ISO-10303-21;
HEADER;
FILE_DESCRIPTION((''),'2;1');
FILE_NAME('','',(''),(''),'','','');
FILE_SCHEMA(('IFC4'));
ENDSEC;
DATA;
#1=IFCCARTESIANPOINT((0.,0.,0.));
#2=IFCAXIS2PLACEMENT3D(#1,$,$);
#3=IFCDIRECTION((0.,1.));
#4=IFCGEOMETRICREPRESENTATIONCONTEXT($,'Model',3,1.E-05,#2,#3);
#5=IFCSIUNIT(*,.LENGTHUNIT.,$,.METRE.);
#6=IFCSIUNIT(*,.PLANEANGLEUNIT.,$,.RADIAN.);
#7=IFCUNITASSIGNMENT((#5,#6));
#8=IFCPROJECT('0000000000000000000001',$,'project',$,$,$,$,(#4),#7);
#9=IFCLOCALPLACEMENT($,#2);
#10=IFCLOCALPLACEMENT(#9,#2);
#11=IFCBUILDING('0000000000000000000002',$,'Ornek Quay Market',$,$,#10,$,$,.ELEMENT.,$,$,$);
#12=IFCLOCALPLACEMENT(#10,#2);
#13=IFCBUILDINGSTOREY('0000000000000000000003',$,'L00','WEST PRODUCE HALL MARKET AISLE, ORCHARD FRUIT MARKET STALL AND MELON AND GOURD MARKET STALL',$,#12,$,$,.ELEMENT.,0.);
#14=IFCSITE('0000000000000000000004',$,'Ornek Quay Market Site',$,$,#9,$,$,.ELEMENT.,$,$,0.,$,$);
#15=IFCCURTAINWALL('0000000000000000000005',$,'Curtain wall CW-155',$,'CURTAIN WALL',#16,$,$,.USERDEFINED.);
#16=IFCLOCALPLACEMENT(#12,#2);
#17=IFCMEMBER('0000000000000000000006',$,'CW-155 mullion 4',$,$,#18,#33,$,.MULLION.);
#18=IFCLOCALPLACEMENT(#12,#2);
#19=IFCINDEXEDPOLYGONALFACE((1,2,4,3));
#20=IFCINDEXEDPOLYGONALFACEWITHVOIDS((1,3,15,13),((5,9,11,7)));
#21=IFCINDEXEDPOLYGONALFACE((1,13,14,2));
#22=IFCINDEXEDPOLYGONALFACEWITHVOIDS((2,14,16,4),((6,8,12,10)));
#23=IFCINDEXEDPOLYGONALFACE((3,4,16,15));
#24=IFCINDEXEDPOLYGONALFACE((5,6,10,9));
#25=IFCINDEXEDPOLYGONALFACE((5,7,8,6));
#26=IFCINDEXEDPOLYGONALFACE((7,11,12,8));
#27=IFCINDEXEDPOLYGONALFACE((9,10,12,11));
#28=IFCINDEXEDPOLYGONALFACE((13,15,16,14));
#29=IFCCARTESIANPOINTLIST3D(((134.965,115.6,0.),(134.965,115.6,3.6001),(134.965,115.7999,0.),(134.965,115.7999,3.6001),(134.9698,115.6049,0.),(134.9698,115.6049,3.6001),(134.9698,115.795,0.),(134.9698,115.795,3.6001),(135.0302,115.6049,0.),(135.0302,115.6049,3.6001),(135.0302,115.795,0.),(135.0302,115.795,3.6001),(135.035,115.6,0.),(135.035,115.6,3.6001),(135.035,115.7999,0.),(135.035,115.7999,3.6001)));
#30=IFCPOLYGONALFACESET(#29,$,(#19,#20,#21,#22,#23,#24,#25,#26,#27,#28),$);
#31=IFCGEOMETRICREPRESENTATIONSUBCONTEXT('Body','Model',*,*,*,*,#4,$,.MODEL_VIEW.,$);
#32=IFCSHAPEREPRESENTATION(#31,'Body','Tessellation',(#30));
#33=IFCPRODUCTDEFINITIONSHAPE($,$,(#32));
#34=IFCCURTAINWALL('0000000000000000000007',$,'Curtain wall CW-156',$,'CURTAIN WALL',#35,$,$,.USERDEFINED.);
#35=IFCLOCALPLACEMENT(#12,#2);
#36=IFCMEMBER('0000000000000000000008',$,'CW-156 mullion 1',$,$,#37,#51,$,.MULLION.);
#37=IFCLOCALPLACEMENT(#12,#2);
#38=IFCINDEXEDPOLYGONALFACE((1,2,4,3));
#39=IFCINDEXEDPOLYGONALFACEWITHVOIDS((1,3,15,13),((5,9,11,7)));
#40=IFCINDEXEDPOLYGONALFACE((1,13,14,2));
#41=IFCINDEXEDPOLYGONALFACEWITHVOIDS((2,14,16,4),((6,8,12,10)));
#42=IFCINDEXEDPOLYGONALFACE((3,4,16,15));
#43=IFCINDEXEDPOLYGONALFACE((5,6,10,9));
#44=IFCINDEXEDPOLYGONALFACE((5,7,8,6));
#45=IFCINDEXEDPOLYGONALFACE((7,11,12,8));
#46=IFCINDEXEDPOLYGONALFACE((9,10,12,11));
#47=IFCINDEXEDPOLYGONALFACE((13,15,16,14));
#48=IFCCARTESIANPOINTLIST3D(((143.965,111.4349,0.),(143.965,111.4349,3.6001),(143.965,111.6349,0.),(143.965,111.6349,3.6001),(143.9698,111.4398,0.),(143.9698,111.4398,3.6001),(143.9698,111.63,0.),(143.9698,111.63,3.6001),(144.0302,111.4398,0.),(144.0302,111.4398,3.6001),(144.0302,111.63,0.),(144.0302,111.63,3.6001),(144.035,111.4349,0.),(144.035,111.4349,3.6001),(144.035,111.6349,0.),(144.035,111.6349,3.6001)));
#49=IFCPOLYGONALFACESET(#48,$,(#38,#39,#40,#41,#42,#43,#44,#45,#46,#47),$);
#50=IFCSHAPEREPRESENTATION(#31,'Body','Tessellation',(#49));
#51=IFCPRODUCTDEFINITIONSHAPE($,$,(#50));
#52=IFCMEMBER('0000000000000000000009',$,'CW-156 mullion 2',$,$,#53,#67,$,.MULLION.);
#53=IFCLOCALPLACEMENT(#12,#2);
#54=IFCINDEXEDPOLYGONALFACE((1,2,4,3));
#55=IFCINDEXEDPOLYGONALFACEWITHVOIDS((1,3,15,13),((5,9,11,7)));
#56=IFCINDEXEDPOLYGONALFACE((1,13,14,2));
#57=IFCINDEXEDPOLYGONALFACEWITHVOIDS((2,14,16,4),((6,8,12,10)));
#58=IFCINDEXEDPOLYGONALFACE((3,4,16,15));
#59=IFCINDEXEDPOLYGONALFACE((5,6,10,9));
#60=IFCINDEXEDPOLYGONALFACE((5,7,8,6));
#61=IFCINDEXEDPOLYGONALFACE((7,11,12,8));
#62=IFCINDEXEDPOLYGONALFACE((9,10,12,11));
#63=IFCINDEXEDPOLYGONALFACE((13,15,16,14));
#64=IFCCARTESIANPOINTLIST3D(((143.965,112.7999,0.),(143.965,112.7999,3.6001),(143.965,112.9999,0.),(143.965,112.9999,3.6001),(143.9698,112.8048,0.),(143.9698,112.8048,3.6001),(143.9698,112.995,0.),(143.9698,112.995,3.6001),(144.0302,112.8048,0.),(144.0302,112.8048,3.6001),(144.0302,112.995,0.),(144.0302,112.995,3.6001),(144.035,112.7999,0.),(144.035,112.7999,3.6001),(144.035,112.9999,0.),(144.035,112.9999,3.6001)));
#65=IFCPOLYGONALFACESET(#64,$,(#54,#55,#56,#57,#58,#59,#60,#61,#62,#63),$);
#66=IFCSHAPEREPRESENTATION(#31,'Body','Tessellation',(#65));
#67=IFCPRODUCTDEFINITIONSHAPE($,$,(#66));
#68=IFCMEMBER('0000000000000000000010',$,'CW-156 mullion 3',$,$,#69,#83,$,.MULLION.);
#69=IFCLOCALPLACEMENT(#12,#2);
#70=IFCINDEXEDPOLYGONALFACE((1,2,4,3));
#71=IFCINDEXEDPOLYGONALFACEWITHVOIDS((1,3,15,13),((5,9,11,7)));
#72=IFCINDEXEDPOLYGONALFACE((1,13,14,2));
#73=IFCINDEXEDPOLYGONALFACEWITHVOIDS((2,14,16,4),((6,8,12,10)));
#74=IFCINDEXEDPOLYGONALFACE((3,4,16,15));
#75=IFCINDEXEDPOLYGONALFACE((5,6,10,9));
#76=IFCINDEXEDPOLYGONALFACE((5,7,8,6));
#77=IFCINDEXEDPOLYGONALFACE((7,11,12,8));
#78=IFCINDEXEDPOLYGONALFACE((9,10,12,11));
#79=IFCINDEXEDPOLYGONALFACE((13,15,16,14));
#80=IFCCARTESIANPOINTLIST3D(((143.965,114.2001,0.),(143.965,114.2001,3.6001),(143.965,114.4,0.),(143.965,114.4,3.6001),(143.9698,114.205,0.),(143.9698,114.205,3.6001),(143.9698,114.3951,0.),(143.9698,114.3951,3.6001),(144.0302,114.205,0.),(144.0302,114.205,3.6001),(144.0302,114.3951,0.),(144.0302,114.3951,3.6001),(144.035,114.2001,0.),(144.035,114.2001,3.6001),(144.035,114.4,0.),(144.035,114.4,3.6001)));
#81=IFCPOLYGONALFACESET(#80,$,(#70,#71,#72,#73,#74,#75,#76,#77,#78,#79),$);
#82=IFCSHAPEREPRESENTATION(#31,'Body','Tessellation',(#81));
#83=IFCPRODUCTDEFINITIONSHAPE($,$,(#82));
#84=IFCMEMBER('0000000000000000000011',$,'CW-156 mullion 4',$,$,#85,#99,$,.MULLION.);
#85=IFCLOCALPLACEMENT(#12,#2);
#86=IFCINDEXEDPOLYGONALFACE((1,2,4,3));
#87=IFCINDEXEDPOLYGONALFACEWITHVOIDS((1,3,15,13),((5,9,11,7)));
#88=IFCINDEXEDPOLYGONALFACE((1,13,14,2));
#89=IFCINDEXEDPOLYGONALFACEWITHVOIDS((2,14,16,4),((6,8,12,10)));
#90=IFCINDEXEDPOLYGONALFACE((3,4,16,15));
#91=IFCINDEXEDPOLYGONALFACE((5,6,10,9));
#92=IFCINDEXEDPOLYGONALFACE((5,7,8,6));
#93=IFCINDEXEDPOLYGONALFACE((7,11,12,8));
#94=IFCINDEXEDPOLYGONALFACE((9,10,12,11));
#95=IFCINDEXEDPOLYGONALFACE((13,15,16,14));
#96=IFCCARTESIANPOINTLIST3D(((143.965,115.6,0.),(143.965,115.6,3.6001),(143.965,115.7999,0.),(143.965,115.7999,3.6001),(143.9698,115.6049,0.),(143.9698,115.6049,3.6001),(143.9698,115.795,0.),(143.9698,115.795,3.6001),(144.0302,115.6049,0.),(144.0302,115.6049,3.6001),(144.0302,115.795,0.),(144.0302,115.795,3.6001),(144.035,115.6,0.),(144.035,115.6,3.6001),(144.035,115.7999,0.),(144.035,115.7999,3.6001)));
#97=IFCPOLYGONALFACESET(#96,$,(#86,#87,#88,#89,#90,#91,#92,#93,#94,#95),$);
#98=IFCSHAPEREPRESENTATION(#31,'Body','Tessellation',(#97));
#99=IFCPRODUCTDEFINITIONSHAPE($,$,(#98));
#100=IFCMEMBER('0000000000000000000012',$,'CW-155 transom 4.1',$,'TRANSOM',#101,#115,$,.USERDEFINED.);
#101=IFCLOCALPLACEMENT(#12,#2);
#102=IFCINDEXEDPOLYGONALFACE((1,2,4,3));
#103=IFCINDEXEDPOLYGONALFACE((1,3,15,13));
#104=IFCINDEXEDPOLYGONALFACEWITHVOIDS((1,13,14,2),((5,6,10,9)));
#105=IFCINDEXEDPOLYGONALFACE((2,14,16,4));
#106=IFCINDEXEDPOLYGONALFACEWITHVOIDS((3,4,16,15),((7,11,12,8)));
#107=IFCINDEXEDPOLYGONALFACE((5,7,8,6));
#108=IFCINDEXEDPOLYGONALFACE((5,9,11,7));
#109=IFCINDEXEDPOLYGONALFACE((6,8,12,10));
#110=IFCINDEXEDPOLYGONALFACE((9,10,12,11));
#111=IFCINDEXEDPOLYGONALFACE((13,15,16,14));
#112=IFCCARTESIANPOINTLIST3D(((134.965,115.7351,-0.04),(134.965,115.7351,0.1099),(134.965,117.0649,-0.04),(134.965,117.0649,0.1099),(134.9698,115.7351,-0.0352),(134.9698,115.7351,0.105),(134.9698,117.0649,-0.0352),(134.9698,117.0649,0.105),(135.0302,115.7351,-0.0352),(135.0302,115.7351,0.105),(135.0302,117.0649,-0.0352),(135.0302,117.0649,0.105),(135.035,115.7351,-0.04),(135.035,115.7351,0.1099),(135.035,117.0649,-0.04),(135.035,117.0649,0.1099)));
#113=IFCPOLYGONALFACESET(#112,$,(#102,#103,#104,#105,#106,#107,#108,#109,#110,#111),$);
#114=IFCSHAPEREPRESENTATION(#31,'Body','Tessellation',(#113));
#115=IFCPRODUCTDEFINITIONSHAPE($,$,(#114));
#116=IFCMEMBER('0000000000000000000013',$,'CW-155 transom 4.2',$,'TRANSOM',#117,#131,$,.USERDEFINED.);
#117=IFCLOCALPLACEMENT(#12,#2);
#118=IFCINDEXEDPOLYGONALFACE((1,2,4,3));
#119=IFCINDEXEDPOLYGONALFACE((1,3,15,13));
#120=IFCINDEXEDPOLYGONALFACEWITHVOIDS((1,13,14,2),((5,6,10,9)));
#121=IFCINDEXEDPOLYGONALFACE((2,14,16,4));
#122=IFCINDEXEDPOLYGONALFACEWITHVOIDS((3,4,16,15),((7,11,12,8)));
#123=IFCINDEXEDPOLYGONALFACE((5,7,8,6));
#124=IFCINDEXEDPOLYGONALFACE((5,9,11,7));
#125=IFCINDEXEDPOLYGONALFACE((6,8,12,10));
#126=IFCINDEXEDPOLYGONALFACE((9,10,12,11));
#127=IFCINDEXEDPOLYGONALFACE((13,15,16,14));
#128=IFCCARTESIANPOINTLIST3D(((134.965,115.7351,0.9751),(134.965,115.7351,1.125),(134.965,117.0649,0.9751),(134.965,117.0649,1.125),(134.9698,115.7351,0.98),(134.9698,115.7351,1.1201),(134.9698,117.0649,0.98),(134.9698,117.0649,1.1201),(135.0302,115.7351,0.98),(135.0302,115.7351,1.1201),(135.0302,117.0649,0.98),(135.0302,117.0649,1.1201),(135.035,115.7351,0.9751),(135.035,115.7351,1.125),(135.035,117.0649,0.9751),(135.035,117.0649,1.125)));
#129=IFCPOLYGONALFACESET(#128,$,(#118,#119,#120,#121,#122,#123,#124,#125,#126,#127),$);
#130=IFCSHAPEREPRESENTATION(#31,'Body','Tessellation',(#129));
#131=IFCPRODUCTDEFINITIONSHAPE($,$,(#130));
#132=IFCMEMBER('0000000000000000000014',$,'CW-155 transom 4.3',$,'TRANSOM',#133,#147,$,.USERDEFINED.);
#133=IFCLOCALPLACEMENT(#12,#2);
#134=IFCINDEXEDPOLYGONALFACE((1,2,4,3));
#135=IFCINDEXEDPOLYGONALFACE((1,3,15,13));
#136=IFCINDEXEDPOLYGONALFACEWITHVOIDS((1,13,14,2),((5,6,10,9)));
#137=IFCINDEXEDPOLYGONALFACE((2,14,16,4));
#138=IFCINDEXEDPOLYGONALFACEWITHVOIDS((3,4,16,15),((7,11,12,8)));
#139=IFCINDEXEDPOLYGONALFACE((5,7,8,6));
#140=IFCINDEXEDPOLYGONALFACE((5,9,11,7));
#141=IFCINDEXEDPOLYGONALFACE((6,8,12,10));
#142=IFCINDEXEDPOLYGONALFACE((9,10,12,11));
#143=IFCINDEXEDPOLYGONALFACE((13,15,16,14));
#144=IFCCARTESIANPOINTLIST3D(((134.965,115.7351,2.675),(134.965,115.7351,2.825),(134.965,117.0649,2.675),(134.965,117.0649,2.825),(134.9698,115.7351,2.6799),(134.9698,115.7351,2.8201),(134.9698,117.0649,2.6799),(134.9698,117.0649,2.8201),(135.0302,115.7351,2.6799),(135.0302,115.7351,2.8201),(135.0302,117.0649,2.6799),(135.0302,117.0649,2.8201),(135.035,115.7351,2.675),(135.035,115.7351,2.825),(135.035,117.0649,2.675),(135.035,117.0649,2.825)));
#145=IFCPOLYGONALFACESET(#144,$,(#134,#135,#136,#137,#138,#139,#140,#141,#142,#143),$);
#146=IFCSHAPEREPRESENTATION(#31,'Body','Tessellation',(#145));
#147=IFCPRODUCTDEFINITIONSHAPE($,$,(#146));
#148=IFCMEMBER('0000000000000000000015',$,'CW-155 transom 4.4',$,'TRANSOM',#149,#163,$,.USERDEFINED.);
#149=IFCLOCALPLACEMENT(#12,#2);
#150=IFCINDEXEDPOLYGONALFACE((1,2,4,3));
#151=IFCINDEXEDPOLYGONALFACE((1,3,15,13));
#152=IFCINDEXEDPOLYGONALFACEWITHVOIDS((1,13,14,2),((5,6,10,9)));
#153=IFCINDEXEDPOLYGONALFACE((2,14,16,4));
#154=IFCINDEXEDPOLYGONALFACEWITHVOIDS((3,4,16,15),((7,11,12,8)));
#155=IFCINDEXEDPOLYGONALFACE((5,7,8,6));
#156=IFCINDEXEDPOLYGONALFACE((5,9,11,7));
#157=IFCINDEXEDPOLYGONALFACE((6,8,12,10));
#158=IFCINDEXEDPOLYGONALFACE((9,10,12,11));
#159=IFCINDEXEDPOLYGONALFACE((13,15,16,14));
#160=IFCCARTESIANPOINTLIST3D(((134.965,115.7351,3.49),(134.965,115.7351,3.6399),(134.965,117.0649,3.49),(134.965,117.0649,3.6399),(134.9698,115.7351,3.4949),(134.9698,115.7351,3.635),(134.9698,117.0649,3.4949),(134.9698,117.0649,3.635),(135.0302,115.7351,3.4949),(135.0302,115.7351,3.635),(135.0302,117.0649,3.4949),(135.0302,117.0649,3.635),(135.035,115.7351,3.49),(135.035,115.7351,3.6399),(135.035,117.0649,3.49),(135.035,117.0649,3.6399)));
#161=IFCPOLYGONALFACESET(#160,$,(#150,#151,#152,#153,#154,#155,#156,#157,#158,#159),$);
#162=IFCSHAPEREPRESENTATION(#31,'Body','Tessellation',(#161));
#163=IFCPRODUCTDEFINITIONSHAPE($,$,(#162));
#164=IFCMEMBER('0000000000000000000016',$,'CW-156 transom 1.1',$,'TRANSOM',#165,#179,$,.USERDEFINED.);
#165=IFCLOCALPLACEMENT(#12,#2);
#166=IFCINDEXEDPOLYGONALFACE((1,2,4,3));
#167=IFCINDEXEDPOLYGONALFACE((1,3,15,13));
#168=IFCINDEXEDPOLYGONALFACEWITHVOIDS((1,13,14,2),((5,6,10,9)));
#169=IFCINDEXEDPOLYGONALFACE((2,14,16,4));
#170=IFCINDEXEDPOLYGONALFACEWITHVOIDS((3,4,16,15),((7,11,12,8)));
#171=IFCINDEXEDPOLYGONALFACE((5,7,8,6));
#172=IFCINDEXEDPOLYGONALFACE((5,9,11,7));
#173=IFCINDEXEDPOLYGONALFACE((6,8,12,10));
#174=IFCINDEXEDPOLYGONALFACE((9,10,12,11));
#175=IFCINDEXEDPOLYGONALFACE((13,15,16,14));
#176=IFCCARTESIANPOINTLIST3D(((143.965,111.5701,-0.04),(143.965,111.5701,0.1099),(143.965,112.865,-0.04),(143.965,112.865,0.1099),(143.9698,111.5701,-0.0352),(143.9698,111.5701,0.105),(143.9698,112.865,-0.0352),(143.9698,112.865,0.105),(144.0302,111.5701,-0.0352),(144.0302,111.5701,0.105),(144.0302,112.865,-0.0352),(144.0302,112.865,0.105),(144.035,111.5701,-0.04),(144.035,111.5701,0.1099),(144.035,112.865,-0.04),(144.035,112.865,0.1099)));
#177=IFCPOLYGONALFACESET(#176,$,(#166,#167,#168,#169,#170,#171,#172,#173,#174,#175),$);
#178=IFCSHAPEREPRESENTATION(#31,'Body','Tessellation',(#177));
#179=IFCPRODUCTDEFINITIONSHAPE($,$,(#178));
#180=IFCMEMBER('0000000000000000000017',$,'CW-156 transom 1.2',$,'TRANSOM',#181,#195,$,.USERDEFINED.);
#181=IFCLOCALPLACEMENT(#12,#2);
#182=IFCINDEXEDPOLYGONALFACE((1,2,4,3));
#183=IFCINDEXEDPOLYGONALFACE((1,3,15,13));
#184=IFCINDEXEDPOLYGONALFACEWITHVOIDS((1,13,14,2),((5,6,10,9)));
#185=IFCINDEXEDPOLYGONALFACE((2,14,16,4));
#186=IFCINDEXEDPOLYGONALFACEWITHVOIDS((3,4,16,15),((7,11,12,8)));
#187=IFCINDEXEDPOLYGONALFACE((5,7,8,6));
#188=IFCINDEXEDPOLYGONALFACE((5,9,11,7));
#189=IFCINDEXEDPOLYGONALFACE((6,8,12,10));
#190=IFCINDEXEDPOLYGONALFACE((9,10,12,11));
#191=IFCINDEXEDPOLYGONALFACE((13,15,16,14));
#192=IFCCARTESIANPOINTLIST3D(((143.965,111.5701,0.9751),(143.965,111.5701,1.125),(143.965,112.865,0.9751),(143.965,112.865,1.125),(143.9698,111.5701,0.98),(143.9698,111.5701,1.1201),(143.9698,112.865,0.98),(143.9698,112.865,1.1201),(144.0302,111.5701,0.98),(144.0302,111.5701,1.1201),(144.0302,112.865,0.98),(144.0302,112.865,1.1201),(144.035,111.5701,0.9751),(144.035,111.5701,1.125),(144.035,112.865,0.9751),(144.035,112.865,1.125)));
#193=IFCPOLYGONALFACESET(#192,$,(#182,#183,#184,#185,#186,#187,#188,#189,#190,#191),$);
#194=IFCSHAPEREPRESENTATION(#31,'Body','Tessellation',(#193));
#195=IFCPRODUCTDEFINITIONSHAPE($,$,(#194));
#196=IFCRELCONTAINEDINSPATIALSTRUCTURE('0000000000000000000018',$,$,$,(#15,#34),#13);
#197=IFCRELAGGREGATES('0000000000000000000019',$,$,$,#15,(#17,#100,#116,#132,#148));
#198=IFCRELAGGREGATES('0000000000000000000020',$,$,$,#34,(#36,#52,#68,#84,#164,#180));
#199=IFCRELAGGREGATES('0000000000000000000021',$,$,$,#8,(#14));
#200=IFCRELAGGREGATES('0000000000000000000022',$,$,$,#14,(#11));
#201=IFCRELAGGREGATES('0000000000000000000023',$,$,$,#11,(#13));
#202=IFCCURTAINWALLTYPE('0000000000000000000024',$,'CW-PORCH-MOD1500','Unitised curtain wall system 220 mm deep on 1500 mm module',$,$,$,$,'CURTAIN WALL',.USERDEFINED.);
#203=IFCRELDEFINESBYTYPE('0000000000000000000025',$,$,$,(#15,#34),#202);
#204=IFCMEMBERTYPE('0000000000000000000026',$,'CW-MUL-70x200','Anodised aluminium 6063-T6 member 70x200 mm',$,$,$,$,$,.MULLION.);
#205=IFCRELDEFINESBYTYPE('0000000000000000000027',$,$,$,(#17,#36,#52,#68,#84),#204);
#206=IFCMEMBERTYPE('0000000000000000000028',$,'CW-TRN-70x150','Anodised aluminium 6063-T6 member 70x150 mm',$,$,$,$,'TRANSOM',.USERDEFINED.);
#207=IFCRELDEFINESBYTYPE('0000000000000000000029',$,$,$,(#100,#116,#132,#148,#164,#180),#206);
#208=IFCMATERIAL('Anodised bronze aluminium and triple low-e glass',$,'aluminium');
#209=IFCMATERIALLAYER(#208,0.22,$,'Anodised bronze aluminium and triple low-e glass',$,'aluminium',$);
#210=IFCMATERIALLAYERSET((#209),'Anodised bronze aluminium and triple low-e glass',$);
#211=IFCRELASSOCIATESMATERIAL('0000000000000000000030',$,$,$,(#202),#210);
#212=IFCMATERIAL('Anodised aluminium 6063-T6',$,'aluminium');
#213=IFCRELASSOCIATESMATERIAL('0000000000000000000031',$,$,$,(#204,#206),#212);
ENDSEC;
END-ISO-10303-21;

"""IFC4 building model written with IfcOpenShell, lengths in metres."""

from ifc_helpers import new_model, si_unit, direction, frame, origin, origin_2d, place, context, subcontext, project, spatial, hollow_rectangle, extrude, material, layer, layer_set, material_profile, profile_set, type_object, element, aggregate, save


model = new_model("IFC4")

# Units and contexts
model_context = context("Model", 3, precision=1e-05, world=origin(), true_north=direction((0.0, 1.0)))
body_context = subcontext(model_context, "Body", "Model", "MODEL_VIEW")
ifc_project = project(units=[si_unit("LENGTHUNIT", "METRE"), si_unit("PLANEANGLEUNIT", "RADIAN")], contexts=[model_context])

# Site, building, storey
site_placement = place(None, origin())
site = spatial("IfcSite", under=ifc_project, at=site_placement, Name="Ornek Quay Market Site", CompositionType="ELEMENT", RefElevation=0.0)
building_placement = place(site_placement, origin())
building = spatial("IfcBuilding", under=site, at=building_placement, Name="Ornek Quay Market", CompositionType="ELEMENT")
storey_placement = place(building_placement, origin())
storey = spatial("IfcBuildingStorey", under=building, at=storey_placement, Name="L00", Description="WEST PRODUCE HALL MARKET AISLE, ORCHARD FRUIT MARKET STALL AND MELON AND GOURD MARKET STALL", CompositionType="ELEMENT", Elevation=0.0)

# Curtain wall, member
ifc_material_1 = material(Name="Anodised bronze aluminium and triple low-e glass", Category="aluminium")
ifc_layer_1 = layer(ifc_material_1, 0.22, Name="Anodised bronze aluminium and triple low-e glass", Category="aluminium")
ifc_layer_set_1 = layer_set([ifc_layer_1], Name="Anodised bronze aluminium and triple low-e glass")
curtain_wall_type = type_object("IfcCurtainWallType", Name="CW-PORCH-MOD1500", Description="Unitised curtain wall system 220 mm deep on 1500 mm module", ElementType="CURTAIN WALL", PredefinedType="USERDEFINED", material=ifc_layer_set_1)
curtain_wall_1_placement = place(storey_placement, origin())
curtain_wall_1 = element("IfcCurtainWall", 1, at=curtain_wall_1_placement, inside=storey, type_object=curtain_wall_type, Name="Curtain wall CW-155", ObjectType="CURTAIN WALL", PredefinedType="USERDEFINED")
ifc_material_2 = material(Name="Anodised aluminium 6063-T6", Category="aluminium")
ifc_material_profile_1 = material_profile(ifc_material_2, hollow_rectangle(XDim=0.0701, YDim=0.2, WallThickness=0.0049, at=origin_2d()), Name="CW-MUL-70x200", Category="aluminium")
ifc_profile_set_1 = profile_set([ifc_material_profile_1], Name="Anodised aluminium 6063-T6")
member_type_1 = type_object("IfcMemberType", Name="CW-MUL-70x200", Description="Anodised aluminium 6063-T6 member 70x200 mm", PredefinedType="MULLION", material=ifc_profile_set_1)
member_1_placement = place(storey_placement, frame((135.0, 115.7, 0.0), z_axis=(0.0, 0.0, 1.0), x_axis=(-1.0, 0.0, 0.0)))
member_1 = element("IfcMember", 2, at=member_1_placement, type_object=member_type_1, Name="CW-155 mullion 4", PredefinedType="MULLION", context=body_context, shape_type="SweptSolid", body=[
    extrude(hollow_rectangle(XDim=0.0701, YDim=0.2, WallThickness=0.0049, at=origin_2d()), origin(), (0.0, 0.0, 1.0), 3.6001),
])

# Curtain wall, members
curtain_wall_2_placement = place(storey_placement, origin())
curtain_wall_2 = element("IfcCurtainWall", 3, at=curtain_wall_2_placement, inside=storey, type_object=curtain_wall_type, Name="Curtain wall CW-156", ObjectType="CURTAIN WALL", PredefinedType="USERDEFINED")
member_2_placement = place(storey_placement, frame((144.0, 111.5349, 0.0), z_axis=(0.0, 0.0, 1.0), x_axis=(-1.0, 0.0, 0.0)))
member_2 = element("IfcMember", 4, at=member_2_placement, type_object=member_type_1, Name="CW-156 mullion 1", PredefinedType="MULLION", context=body_context, shape_type="SweptSolid", body=[
    extrude(hollow_rectangle(XDim=0.0701, YDim=0.2, WallThickness=0.0049, at=origin_2d()), origin(), (0.0, 0.0, 1.0), 3.6001),
])
member_3_placement = place(storey_placement, frame((144.0, 112.8999, 0.0), z_axis=(0.0, 0.0, 1.0), x_axis=(-1.0, 0.0, 0.0)))
member_3 = element("IfcMember", 5, at=member_3_placement, type_object=member_type_1, Name="CW-156 mullion 2", PredefinedType="MULLION", context=body_context, shape_type="SweptSolid", body=[
    extrude(hollow_rectangle(XDim=0.0701, YDim=0.2, WallThickness=0.0049, at=origin_2d()), origin(), (0.0, 0.0, 1.0), 3.6001),
])
member_4_placement = place(storey_placement, frame((144.0, 114.3, 0.0), z_axis=(0.0, 0.0, 1.0), x_axis=(-1.0, 0.0, 0.0)))
member_4 = element("IfcMember", 6, at=member_4_placement, type_object=member_type_1, Name="CW-156 mullion 3", PredefinedType="MULLION", context=body_context, shape_type="SweptSolid", body=[
    extrude(hollow_rectangle(XDim=0.0701, YDim=0.2, WallThickness=0.0049, at=origin_2d()), origin(), (0.0, 0.0, 1.0), 3.6001),
])
member_5_placement = place(storey_placement, frame((144.0, 115.7, 0.0), z_axis=(0.0, 0.0, 1.0), x_axis=(-1.0, 0.0, 0.0)))
member_5 = element("IfcMember", 7, at=member_5_placement, type_object=member_type_1, Name="CW-156 mullion 4", PredefinedType="MULLION", context=body_context, shape_type="SweptSolid", body=[
    extrude(hollow_rectangle(XDim=0.0701, YDim=0.2, WallThickness=0.0049, at=origin_2d()), origin(), (0.0, 0.0, 1.0), 3.6001),
])

# Members
ifc_material_profile_2 = material_profile(ifc_material_2, hollow_rectangle(XDim=0.0701, YDim=0.1499, WallThickness=0.0049, at=origin_2d()), Name="CW-TRN-70x150", Category="aluminium")
ifc_profile_set_2 = profile_set([ifc_material_profile_2], Name="Anodised aluminium 6063-T6")
member_type_2 = type_object("IfcMemberType", Name="CW-TRN-70x150", Description="Anodised aluminium 6063-T6 member 70x150 mm", ElementType="TRANSOM", PredefinedType="USERDEFINED", material=ifc_profile_set_2)
member_6_placement = place(storey_placement, frame((135.0, 115.7351, 0.0349), z_axis=(0.0, 1.0, 0.0), x_axis=(-1.0, 0.0, 0.0)))
member_6 = element("IfcMember", 8, at=member_6_placement, type_object=member_type_2, Name="CW-155 transom 4.1", ObjectType="TRANSOM", PredefinedType="USERDEFINED", context=body_context, shape_type="SweptSolid", body=[
    extrude(hollow_rectangle(XDim=0.0701, YDim=0.1499, WallThickness=0.0049, at=origin_2d()), origin(), (0.0, 0.0, 1.0), 1.3298),
])
member_7_placement = place(storey_placement, frame((135.0, 115.7351, 1.05), z_axis=(0.0, 1.0, 0.0), x_axis=(-1.0, 0.0, 0.0)))
member_7 = element("IfcMember", 9, at=member_7_placement, type_object=member_type_2, Name="CW-155 transom 4.2", ObjectType="TRANSOM", PredefinedType="USERDEFINED", context=body_context, shape_type="SweptSolid", body=[
    extrude(hollow_rectangle(XDim=0.0701, YDim=0.1499, WallThickness=0.0049, at=origin_2d()), origin(), (0.0, 0.0, 1.0), 1.3298),
])
member_8_placement = place(storey_placement, frame((135.0, 115.7351, 2.75), z_axis=(0.0, 1.0, 0.0), x_axis=(-1.0, 0.0, 0.0)))
member_8 = element("IfcMember", 10, at=member_8_placement, type_object=member_type_2, Name="CW-155 transom 4.3", ObjectType="TRANSOM", PredefinedType="USERDEFINED", context=body_context, shape_type="SweptSolid", body=[
    extrude(hollow_rectangle(XDim=0.0701, YDim=0.1499, WallThickness=0.0049, at=origin_2d()), origin(), (0.0, 0.0, 1.0), 1.3298),
])
member_9_placement = place(storey_placement, frame((135.0, 115.7351, 3.5649), z_axis=(0.0, 1.0, 0.0), x_axis=(-1.0, 0.0, 0.0)))
member_9 = element("IfcMember", 11, at=member_9_placement, type_object=member_type_2, Name="CW-155 transom 4.4", ObjectType="TRANSOM", PredefinedType="USERDEFINED", context=body_context, shape_type="SweptSolid", body=[
    extrude(hollow_rectangle(XDim=0.0701, YDim=0.1499, WallThickness=0.0049, at=origin_2d()), origin(), (0.0, 0.0, 1.0), 1.3298),
])
member_10_placement = place(storey_placement, frame((144.0, 111.5701, 0.0349), z_axis=(0.0, 1.0, 0.0), x_axis=(-1.0, 0.0, 0.0)))
member_10 = element("IfcMember", 12, at=member_10_placement, type_object=member_type_2, Name="CW-156 transom 1.1", ObjectType="TRANSOM", PredefinedType="USERDEFINED", context=body_context, shape_type="SweptSolid", body=[
    extrude(hollow_rectangle(XDim=0.0701, YDim=0.1499, WallThickness=0.0049, at=origin_2d()), origin(), (0.0, 0.0, 1.0), 1.2949),
])
member_11_placement = place(storey_placement, frame((144.0, 111.5701, 1.05), z_axis=(0.0, 1.0, 0.0), x_axis=(-1.0, 0.0, 0.0)))
member_11 = element("IfcMember", 13, at=member_11_placement, type_object=member_type_2, Name="CW-156 transom 1.2", ObjectType="TRANSOM", PredefinedType="USERDEFINED", context=body_context, shape_type="SweptSolid", body=[
    extrude(hollow_rectangle(XDim=0.0701, YDim=0.1499, WallThickness=0.0049, at=origin_2d()), origin(), (0.0, 0.0, 1.0), 1.2949),
])

aggregate(curtain_wall_1, [member_1, member_6, member_7, member_8, member_9])
aggregate(curtain_wall_2, [member_2, member_3, member_4, member_5, member_10, member_11])

save(model, "model.ifc")
